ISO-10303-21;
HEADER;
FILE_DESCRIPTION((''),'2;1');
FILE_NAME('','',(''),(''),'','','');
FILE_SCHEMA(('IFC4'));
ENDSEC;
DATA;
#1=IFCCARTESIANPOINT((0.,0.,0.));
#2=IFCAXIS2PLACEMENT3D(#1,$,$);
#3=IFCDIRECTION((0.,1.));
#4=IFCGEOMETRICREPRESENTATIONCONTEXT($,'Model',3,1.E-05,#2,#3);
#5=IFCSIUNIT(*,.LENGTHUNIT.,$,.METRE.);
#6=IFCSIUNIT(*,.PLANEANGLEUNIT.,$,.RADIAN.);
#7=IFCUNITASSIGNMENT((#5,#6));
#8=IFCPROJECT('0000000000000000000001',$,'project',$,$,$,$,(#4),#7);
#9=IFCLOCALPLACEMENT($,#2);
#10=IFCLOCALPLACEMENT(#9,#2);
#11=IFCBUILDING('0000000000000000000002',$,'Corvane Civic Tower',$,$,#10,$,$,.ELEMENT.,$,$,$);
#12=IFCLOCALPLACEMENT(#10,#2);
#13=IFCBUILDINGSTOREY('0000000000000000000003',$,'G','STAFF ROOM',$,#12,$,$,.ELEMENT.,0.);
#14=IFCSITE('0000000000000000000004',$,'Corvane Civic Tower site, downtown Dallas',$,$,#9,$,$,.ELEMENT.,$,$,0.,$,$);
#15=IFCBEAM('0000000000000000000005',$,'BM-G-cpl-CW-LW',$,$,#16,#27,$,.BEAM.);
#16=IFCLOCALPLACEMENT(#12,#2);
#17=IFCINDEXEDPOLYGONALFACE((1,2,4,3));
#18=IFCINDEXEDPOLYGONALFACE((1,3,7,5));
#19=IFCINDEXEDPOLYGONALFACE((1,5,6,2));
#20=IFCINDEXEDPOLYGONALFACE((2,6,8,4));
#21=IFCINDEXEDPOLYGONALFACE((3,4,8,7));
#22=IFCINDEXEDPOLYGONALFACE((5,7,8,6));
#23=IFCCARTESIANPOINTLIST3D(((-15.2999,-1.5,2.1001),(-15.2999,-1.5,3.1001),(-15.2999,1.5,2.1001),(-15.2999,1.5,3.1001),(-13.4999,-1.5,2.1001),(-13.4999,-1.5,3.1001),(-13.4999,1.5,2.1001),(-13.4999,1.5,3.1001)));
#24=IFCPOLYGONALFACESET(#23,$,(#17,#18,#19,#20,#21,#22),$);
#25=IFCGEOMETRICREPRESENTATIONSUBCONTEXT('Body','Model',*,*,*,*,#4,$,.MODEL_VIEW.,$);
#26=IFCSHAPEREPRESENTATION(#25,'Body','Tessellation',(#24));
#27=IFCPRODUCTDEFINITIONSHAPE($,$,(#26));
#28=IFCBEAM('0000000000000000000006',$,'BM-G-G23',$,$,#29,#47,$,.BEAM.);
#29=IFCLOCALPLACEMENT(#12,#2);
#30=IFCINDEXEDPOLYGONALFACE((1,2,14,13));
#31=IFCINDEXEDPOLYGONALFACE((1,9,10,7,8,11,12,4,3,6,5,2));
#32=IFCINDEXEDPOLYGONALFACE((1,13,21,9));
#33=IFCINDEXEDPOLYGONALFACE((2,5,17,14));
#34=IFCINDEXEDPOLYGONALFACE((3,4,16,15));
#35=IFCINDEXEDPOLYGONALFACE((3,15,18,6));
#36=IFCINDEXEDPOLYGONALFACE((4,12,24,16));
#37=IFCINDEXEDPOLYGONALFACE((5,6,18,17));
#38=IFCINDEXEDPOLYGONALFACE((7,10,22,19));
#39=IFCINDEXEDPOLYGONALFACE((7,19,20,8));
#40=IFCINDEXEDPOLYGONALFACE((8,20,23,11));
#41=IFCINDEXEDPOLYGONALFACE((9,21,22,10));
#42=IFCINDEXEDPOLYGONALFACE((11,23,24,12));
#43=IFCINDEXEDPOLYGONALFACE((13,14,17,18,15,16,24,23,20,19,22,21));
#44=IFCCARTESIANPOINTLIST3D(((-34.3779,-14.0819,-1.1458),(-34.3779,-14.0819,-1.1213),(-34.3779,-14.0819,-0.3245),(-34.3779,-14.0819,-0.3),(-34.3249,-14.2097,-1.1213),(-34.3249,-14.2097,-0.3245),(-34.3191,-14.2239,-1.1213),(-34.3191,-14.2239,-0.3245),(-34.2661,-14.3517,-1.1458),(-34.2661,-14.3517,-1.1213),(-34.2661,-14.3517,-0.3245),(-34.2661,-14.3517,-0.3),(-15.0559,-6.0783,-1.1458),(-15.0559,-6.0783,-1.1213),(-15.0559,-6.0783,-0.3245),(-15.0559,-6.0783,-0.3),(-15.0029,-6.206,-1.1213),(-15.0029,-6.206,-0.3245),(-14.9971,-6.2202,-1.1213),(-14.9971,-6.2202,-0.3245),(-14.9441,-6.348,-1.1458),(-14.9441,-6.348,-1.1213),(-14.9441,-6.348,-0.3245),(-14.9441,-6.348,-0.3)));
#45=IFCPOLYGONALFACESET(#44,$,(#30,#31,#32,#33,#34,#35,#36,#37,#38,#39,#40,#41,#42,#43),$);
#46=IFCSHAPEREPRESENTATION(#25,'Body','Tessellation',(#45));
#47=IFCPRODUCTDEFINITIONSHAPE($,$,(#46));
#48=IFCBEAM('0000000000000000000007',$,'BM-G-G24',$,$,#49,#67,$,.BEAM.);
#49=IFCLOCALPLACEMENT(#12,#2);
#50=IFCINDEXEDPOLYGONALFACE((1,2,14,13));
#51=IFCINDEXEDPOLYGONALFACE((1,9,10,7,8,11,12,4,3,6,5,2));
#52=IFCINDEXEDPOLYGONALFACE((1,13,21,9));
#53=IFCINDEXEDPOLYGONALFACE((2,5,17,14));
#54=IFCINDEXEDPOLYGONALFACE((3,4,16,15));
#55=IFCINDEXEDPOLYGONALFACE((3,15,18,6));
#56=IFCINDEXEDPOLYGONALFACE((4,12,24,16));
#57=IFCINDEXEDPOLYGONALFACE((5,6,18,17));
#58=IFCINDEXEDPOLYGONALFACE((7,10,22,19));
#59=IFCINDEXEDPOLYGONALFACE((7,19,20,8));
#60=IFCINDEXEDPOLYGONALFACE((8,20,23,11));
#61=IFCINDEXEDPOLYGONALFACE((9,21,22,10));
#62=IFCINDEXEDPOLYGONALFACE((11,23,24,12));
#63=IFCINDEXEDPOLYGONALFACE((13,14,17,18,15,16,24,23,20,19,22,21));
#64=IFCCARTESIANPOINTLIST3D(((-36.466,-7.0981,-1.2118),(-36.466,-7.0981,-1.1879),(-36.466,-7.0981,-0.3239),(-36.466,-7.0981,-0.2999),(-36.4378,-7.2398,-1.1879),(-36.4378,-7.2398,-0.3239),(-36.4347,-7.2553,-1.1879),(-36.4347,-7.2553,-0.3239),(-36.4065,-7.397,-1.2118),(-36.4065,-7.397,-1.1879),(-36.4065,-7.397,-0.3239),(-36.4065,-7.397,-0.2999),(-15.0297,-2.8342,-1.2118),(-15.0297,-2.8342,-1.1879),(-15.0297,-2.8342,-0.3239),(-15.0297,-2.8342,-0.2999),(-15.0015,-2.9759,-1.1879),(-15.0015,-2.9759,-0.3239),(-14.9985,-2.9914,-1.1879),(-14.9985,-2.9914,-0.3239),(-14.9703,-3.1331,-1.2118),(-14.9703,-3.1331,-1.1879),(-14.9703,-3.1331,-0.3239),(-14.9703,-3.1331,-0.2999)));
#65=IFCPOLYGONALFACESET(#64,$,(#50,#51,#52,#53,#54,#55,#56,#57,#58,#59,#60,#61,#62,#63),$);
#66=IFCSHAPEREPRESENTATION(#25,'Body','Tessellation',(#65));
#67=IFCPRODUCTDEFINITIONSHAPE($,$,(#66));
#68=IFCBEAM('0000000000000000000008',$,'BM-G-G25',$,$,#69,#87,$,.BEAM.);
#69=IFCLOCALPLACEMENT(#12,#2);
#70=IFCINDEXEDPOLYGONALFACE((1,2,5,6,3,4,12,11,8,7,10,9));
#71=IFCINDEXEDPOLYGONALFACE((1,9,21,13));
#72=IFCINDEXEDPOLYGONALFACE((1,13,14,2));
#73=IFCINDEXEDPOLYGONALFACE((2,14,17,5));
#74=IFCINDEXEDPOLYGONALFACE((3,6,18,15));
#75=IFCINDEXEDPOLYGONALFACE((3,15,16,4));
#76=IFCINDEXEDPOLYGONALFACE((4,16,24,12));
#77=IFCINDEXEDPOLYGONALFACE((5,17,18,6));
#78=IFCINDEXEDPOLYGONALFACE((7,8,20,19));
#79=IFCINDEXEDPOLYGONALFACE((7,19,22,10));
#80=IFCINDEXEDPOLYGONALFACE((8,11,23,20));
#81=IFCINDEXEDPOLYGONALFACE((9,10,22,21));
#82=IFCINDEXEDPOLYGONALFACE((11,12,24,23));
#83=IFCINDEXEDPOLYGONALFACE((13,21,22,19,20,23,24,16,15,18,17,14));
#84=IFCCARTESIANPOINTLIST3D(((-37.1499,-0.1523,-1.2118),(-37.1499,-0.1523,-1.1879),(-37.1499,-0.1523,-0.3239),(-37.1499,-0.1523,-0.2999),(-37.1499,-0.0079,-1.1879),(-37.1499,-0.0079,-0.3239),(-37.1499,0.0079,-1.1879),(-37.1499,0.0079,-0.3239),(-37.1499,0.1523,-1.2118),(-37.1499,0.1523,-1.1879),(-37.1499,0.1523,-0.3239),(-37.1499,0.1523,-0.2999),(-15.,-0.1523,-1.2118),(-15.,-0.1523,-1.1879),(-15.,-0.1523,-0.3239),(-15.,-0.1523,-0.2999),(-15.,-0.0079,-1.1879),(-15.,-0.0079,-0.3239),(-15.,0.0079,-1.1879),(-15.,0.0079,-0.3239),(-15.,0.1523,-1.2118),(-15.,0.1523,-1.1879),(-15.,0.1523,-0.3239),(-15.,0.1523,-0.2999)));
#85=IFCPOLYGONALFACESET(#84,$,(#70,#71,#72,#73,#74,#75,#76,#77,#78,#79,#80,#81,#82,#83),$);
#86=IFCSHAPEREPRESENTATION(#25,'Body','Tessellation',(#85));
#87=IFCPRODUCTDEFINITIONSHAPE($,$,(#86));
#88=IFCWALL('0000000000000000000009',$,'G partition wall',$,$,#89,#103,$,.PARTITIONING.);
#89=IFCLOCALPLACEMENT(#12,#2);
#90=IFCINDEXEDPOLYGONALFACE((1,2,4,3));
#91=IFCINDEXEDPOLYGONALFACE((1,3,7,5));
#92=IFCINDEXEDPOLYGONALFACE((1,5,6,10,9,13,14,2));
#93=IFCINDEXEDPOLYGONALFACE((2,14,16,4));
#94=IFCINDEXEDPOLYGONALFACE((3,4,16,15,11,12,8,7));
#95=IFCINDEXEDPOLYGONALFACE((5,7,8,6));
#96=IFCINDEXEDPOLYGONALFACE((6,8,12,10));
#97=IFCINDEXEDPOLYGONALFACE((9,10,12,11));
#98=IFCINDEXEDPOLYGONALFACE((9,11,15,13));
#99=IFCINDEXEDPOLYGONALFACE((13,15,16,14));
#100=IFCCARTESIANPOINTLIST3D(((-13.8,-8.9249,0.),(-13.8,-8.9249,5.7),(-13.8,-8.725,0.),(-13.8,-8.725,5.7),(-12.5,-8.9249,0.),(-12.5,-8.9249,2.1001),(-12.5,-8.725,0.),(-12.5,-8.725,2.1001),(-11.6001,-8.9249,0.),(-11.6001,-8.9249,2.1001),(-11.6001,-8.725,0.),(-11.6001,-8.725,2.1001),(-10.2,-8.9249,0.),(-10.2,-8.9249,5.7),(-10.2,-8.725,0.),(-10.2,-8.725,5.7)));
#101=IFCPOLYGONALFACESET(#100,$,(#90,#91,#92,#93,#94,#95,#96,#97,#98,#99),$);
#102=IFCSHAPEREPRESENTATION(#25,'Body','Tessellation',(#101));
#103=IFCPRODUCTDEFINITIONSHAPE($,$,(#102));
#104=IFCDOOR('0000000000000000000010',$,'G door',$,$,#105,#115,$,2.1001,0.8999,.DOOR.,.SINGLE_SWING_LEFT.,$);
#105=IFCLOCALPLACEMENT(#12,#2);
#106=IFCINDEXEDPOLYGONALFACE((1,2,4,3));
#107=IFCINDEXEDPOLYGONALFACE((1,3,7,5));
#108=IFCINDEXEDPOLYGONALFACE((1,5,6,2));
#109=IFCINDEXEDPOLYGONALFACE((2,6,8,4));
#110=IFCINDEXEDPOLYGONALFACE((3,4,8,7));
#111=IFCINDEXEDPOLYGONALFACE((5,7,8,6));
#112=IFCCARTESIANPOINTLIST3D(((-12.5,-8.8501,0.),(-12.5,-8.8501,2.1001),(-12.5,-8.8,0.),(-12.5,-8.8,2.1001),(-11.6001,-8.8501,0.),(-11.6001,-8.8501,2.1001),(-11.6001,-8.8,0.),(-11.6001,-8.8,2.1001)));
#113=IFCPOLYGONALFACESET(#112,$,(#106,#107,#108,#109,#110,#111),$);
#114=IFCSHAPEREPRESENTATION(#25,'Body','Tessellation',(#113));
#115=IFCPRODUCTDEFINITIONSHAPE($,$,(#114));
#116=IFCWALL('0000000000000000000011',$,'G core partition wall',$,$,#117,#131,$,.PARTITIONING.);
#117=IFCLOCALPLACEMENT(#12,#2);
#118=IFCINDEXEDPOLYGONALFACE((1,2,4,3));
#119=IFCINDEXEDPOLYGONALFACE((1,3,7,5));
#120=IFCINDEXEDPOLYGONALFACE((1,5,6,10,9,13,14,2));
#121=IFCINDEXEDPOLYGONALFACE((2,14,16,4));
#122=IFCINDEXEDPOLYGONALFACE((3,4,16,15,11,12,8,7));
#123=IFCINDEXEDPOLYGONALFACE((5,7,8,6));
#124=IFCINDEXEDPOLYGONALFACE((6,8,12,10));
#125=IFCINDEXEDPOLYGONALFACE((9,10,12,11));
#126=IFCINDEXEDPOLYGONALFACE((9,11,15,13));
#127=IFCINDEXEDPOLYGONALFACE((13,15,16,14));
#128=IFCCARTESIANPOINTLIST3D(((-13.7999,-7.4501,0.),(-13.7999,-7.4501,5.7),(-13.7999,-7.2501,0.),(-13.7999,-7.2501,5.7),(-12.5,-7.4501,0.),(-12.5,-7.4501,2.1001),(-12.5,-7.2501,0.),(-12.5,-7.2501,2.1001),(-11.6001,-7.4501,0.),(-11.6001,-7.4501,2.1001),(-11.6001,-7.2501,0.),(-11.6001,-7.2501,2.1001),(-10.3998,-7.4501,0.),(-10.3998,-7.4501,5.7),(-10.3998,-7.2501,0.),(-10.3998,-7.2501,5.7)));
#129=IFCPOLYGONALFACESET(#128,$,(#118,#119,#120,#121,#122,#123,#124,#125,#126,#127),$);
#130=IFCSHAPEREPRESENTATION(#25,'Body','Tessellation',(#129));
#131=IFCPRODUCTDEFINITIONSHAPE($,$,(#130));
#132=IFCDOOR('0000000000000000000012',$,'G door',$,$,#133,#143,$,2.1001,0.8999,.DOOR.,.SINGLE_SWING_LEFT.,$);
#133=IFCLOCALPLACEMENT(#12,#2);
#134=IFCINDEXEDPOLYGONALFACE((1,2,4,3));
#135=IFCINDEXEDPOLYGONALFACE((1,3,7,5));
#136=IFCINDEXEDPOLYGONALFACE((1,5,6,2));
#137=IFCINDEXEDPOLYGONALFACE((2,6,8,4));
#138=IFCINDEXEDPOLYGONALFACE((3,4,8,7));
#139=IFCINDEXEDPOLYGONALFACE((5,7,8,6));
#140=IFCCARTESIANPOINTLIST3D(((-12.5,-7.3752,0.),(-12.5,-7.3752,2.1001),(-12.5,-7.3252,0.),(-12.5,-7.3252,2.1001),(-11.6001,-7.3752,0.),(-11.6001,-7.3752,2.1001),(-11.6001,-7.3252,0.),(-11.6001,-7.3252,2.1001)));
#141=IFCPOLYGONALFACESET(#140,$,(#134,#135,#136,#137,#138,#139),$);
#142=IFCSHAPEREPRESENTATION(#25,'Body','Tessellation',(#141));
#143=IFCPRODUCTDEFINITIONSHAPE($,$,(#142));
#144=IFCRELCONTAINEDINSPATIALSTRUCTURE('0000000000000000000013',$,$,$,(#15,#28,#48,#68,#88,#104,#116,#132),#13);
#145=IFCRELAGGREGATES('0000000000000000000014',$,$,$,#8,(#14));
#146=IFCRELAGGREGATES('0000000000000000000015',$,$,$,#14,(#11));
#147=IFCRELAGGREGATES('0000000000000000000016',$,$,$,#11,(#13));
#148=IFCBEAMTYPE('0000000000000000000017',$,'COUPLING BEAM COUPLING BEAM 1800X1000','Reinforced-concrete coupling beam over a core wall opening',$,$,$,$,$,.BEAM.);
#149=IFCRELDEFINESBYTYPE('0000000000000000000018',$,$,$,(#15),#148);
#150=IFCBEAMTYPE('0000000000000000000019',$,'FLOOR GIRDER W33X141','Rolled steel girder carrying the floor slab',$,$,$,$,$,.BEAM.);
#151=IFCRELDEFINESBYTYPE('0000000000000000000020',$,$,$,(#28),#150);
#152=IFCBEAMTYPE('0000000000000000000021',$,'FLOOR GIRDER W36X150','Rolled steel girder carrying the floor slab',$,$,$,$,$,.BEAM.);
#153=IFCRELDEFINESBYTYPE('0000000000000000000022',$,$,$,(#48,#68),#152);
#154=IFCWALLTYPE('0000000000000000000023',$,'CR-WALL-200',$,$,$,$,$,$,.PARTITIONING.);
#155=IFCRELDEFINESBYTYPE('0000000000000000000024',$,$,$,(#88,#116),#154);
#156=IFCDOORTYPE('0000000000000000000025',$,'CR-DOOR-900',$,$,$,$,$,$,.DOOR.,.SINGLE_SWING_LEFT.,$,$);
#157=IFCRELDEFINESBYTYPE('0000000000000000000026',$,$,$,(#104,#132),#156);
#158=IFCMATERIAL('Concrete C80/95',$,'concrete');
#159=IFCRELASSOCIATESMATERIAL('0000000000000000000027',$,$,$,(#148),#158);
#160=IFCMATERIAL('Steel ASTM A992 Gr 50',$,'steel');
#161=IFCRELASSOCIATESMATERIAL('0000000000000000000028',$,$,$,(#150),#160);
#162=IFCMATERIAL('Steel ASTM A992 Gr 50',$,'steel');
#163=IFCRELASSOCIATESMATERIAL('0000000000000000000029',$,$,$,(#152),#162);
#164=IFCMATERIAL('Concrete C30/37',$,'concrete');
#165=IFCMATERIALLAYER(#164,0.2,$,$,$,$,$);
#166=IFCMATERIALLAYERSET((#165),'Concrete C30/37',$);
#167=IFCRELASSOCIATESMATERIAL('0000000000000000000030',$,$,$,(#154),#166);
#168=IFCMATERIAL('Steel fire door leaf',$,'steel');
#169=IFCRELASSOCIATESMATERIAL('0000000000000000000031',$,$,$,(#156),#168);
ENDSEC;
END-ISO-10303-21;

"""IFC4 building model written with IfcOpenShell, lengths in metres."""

from ifc_helpers import new_model, si_unit, direction, frame, frame_2d, origin, origin_2d, place, context, subcontext, project, spatial, rectangle, i_section, extrude, material, layer, layer_set, material_profile, profile_set, type_object, element, fill, save


model = new_model("IFC4")

# Units and contexts
model_context = context("Model", 3, precision=1e-05, world=origin(), true_north=direction((0.0, 1.0)))
body_context = subcontext(model_context, "Body", "Model", "MODEL_VIEW")
ifc_project = project(units=[si_unit("LENGTHUNIT", "METRE"), si_unit("PLANEANGLEUNIT", "RADIAN")], contexts=[model_context])

# Site, building, storey
site_placement = place(None, origin())
site = spatial("IfcSite", under=ifc_project, at=site_placement, Name="Corvane Civic Tower site, downtown Dallas", CompositionType="ELEMENT", RefElevation=0.0)
building_placement = place(site_placement, origin())
building = spatial("IfcBuilding", under=site, at=building_placement, Name="Corvane Civic Tower", CompositionType="ELEMENT")
storey_placement = place(building_placement, origin())
storey = spatial("IfcBuildingStorey", under=building, at=storey_placement, Name="G", Description="STAFF ROOM", CompositionType="ELEMENT", Elevation=0.0)

# Beams
ifc_material_1 = material(Name="Concrete C80/95", Category="concrete")
ifc_material_profile_1 = material_profile(ifc_material_1, rectangle(XDim=1.8, YDim=1.0, at=origin_2d()), Name="COUPLING BEAM 1800X1000")
ifc_profile_set_1 = profile_set([ifc_material_profile_1], Name="Concrete C80/95")
beam_type_1 = type_object("IfcBeamType", Name="COUPLING BEAM COUPLING BEAM 1800X1000", Description="Reinforced-concrete coupling beam over a core wall opening", PredefinedType="BEAM", material=ifc_profile_set_1)
beam_1_placement = place(storey_placement, frame((-14.3999, -1.5, 2.6001), z_axis=(0.0, 1.0, 0.0), x_axis=(-1.0, 0.0, 0.0)))
element("IfcBeam", 1, at=beam_1_placement, inside=storey, type_object=beam_type_1, Name="BM-G-cpl-CW-LW", PredefinedType="BEAM", context=body_context, shape_type="SweptSolid", body=[
    extrude(rectangle(XDim=1.8, YDim=1.0, at=origin_2d()), origin(), (0.0, 0.0, 1.0), 3.0),
])
ifc_material_2 = material(Name="Steel ASTM A992 Gr 50", Category="steel")
ifc_material_profile_2 = material_profile(ifc_material_2, i_section(OverallWidth=0.292, OverallDepth=0.8457, WebThickness=0.0154, FlangeThickness=0.0244, at=origin_2d()), Name="W33X141")
ifc_profile_set_2 = profile_set([ifc_material_profile_2], Name="Steel ASTM A992 Gr 50")
beam_type_2 = type_object("IfcBeamType", Name="FLOOR GIRDER W33X141", Description="Rolled steel girder carrying the floor slab", PredefinedType="BEAM", material=ifc_profile_set_2)
beam_2_placement = place(storey_placement, frame((-15.0, -6.2131, -0.7229), z_axis=(-0.923876, -0.382692, 0.0), x_axis=(0.382692, -0.923876, 0.0)))
element("IfcBeam", 2, at=beam_2_placement, inside=storey, type_object=beam_type_2, Name="BM-G-G23", PredefinedType="BEAM", context=body_context, shape_type="SweptSolid", body=[
    extrude(i_section(OverallWidth=0.292, OverallDepth=0.8457, WebThickness=0.0154, FlangeThickness=0.0244, at=origin_2d()), origin(), (0.0, 0.0, 1.0), 20.9141),
])
ifc_material_3 = material(Name="Steel ASTM A992 Gr 50", Category="steel")
ifc_material_profile_3 = material_profile(ifc_material_3, i_section(OverallWidth=0.3047, OverallDepth=0.9119, WebThickness=0.0159, FlangeThickness=0.0239, at=origin_2d()), Name="W36X150")
ifc_profile_set_3 = profile_set([ifc_material_profile_3], Name="Steel ASTM A992 Gr 50")
beam_type_3 = type_object("IfcBeamType", Name="FLOOR GIRDER W36X150", Description="Rolled steel girder carrying the floor slab", PredefinedType="BEAM", material=ifc_profile_set_3)
beam_3_placement = place(storey_placement, frame((-15.0, -2.9836, -0.7559), z_axis=(-0.980785, -0.195089, 0.0), x_axis=(0.195089, -0.980785, 0.0)))
element("IfcBeam", 3, at=beam_3_placement, inside=storey, type_object=beam_type_3, Name="BM-G-G24", PredefinedType="BEAM", context=body_context, shape_type="SweptSolid", body=[
    extrude(i_section(OverallWidth=0.3047, OverallDepth=0.9119, WebThickness=0.0159, FlangeThickness=0.0239, at=origin_2d()), origin(), (0.0, 0.0, 1.0), 21.8562),
])
beam_4_placement = place(storey_placement, frame((-15.0, 0.0, -0.7559), z_axis=(-1.0, 0.0, 0.0), x_axis=(0.0, -1.0, 0.0)))
element("IfcBeam", 4, at=beam_4_placement, inside=storey, type_object=beam_type_3, Name="BM-G-G25", PredefinedType="BEAM", context=body_context, shape_type="SweptSolid", body=[
    extrude(i_section(OverallWidth=0.3047, OverallDepth=0.9119, WebThickness=0.0159, FlangeThickness=0.0239, at=origin_2d()), origin(), (0.0, 0.0, 1.0), 22.1499),
])

# Walls, openings, doors
ifc_material_4 = material(Name="Concrete C30/37", Category="concrete")
ifc_layer_1 = layer(ifc_material_4, 0.2)
ifc_layer_set_1 = layer_set([ifc_layer_1], Name="Concrete C30/37")
wall_type_1 = type_object("IfcWallType", Name="CR-WALL-200", PredefinedType="PARTITIONING", material=ifc_layer_set_1)
wall_1_placement = place(storey_placement, frame((-13.8, -8.825, 0.0), z_axis=(0.0, 0.0, 1.0), x_axis=(1.0, 0.0, 0.0)))
wall_1 = element("IfcWall", 5, at=wall_1_placement, inside=storey, type_object=wall_type_1, Name="G partition wall", PredefinedType="PARTITIONING", context=body_context, shape_type="SweptSolid", body=[
    extrude(rectangle(XDim=3.6001, YDim=0.2, at=frame_2d((1.8, 0.0))), origin(), (0.0, 0.0, 1.0), 5.7),
])
opening_1_placement = place(wall_1_placement, frame((1.3, 0.0, 0.0)))
opening_1 = element("IfcOpeningElement", 6, at=opening_1_placement, cuts=wall_1, PredefinedType="OPENING", context=body_context, shape_type="SweptSolid", body=[
    extrude(rectangle(XDim=0.8999, YDim=2.1001, at=frame_2d((0.45, 1.05))), frame((0.0, 0.1099, 0.0), z_axis=(0.0, -1.0, 0.0), x_axis=(1.0, 0.0, 0.0)), (0.0, 0.0, 1.0), 0.22),
])
ifc_material_5 = material(Name="Steel fire door leaf", Category="steel")
door_type_1 = type_object("IfcDoorType", Name="CR-DOOR-900", OperationType="SINGLE_SWING_LEFT", PredefinedType="DOOR", material=ifc_material_5)
door_1_placement = place(opening_1_placement, origin())
door_1 = element("IfcDoor", 7, at=door_1_placement, inside=storey, type_object=door_type_1, Name="G door", OperationType="SINGLE_SWING_LEFT", OverallHeight=2.1001, OverallWidth=0.8999, PredefinedType="DOOR", context=body_context, shape_type="SweptSolid", body=[
    extrude(rectangle(XDim=0.8999, YDim=2.1001, at=frame_2d((0.45, 1.05))), frame((0.0, 0.0249, 0.0), z_axis=(0.0, -1.0, 0.0), x_axis=(1.0, 0.0, 0.0)), (0.0, 0.0, 1.0), 0.05),
])
fill(opening_1, door_1)
wall_2_placement = place(storey_placement, frame((-13.8, -7.3501, 0.0), z_axis=(0.0, 0.0, 1.0), x_axis=(1.0, 0.0, 0.0)))
wall_2 = element("IfcWall", 8, at=wall_2_placement, inside=storey, type_object=wall_type_1, Name="G core partition wall", PredefinedType="PARTITIONING", context=body_context, shape_type="SweptSolid", body=[
    extrude(rectangle(XDim=3.4001, YDim=0.2, at=frame_2d((1.7002, 0.0))), origin(), (0.0, 0.0, 1.0), 5.7),
])
opening_2_placement = place(wall_2_placement, frame((1.3, 0.0, 0.0)))
opening_2 = element("IfcOpeningElement", 9, at=opening_2_placement, cuts=wall_2, PredefinedType="OPENING", context=body_context, shape_type="SweptSolid", body=[
    extrude(rectangle(XDim=0.8999, YDim=2.1001, at=frame_2d((0.45, 1.05))), frame((0.0, 0.1099, 0.0), z_axis=(0.0, -1.0, 0.0), x_axis=(1.0, 0.0, 0.0)), (0.0, 0.0, 1.0), 0.22),
])
door_2_placement = place(opening_2_placement, origin())
door_2 = element("IfcDoor", 10, at=door_2_placement, inside=storey, type_object=door_type_1, Name="G door", OperationType="SINGLE_SWING_LEFT", OverallHeight=2.1001, OverallWidth=0.8999, PredefinedType="DOOR", context=body_context, shape_type="SweptSolid", body=[
    extrude(rectangle(XDim=0.8999, YDim=2.1001, at=frame_2d((0.45, 1.05))), frame((0.0, 0.0249, 0.0), z_axis=(0.0, -1.0, 0.0), x_axis=(1.0, 0.0, 0.0)), (0.0, 0.0, 1.0), 0.05),
])
fill(opening_2, door_2)

save(model, "model.ifc")
